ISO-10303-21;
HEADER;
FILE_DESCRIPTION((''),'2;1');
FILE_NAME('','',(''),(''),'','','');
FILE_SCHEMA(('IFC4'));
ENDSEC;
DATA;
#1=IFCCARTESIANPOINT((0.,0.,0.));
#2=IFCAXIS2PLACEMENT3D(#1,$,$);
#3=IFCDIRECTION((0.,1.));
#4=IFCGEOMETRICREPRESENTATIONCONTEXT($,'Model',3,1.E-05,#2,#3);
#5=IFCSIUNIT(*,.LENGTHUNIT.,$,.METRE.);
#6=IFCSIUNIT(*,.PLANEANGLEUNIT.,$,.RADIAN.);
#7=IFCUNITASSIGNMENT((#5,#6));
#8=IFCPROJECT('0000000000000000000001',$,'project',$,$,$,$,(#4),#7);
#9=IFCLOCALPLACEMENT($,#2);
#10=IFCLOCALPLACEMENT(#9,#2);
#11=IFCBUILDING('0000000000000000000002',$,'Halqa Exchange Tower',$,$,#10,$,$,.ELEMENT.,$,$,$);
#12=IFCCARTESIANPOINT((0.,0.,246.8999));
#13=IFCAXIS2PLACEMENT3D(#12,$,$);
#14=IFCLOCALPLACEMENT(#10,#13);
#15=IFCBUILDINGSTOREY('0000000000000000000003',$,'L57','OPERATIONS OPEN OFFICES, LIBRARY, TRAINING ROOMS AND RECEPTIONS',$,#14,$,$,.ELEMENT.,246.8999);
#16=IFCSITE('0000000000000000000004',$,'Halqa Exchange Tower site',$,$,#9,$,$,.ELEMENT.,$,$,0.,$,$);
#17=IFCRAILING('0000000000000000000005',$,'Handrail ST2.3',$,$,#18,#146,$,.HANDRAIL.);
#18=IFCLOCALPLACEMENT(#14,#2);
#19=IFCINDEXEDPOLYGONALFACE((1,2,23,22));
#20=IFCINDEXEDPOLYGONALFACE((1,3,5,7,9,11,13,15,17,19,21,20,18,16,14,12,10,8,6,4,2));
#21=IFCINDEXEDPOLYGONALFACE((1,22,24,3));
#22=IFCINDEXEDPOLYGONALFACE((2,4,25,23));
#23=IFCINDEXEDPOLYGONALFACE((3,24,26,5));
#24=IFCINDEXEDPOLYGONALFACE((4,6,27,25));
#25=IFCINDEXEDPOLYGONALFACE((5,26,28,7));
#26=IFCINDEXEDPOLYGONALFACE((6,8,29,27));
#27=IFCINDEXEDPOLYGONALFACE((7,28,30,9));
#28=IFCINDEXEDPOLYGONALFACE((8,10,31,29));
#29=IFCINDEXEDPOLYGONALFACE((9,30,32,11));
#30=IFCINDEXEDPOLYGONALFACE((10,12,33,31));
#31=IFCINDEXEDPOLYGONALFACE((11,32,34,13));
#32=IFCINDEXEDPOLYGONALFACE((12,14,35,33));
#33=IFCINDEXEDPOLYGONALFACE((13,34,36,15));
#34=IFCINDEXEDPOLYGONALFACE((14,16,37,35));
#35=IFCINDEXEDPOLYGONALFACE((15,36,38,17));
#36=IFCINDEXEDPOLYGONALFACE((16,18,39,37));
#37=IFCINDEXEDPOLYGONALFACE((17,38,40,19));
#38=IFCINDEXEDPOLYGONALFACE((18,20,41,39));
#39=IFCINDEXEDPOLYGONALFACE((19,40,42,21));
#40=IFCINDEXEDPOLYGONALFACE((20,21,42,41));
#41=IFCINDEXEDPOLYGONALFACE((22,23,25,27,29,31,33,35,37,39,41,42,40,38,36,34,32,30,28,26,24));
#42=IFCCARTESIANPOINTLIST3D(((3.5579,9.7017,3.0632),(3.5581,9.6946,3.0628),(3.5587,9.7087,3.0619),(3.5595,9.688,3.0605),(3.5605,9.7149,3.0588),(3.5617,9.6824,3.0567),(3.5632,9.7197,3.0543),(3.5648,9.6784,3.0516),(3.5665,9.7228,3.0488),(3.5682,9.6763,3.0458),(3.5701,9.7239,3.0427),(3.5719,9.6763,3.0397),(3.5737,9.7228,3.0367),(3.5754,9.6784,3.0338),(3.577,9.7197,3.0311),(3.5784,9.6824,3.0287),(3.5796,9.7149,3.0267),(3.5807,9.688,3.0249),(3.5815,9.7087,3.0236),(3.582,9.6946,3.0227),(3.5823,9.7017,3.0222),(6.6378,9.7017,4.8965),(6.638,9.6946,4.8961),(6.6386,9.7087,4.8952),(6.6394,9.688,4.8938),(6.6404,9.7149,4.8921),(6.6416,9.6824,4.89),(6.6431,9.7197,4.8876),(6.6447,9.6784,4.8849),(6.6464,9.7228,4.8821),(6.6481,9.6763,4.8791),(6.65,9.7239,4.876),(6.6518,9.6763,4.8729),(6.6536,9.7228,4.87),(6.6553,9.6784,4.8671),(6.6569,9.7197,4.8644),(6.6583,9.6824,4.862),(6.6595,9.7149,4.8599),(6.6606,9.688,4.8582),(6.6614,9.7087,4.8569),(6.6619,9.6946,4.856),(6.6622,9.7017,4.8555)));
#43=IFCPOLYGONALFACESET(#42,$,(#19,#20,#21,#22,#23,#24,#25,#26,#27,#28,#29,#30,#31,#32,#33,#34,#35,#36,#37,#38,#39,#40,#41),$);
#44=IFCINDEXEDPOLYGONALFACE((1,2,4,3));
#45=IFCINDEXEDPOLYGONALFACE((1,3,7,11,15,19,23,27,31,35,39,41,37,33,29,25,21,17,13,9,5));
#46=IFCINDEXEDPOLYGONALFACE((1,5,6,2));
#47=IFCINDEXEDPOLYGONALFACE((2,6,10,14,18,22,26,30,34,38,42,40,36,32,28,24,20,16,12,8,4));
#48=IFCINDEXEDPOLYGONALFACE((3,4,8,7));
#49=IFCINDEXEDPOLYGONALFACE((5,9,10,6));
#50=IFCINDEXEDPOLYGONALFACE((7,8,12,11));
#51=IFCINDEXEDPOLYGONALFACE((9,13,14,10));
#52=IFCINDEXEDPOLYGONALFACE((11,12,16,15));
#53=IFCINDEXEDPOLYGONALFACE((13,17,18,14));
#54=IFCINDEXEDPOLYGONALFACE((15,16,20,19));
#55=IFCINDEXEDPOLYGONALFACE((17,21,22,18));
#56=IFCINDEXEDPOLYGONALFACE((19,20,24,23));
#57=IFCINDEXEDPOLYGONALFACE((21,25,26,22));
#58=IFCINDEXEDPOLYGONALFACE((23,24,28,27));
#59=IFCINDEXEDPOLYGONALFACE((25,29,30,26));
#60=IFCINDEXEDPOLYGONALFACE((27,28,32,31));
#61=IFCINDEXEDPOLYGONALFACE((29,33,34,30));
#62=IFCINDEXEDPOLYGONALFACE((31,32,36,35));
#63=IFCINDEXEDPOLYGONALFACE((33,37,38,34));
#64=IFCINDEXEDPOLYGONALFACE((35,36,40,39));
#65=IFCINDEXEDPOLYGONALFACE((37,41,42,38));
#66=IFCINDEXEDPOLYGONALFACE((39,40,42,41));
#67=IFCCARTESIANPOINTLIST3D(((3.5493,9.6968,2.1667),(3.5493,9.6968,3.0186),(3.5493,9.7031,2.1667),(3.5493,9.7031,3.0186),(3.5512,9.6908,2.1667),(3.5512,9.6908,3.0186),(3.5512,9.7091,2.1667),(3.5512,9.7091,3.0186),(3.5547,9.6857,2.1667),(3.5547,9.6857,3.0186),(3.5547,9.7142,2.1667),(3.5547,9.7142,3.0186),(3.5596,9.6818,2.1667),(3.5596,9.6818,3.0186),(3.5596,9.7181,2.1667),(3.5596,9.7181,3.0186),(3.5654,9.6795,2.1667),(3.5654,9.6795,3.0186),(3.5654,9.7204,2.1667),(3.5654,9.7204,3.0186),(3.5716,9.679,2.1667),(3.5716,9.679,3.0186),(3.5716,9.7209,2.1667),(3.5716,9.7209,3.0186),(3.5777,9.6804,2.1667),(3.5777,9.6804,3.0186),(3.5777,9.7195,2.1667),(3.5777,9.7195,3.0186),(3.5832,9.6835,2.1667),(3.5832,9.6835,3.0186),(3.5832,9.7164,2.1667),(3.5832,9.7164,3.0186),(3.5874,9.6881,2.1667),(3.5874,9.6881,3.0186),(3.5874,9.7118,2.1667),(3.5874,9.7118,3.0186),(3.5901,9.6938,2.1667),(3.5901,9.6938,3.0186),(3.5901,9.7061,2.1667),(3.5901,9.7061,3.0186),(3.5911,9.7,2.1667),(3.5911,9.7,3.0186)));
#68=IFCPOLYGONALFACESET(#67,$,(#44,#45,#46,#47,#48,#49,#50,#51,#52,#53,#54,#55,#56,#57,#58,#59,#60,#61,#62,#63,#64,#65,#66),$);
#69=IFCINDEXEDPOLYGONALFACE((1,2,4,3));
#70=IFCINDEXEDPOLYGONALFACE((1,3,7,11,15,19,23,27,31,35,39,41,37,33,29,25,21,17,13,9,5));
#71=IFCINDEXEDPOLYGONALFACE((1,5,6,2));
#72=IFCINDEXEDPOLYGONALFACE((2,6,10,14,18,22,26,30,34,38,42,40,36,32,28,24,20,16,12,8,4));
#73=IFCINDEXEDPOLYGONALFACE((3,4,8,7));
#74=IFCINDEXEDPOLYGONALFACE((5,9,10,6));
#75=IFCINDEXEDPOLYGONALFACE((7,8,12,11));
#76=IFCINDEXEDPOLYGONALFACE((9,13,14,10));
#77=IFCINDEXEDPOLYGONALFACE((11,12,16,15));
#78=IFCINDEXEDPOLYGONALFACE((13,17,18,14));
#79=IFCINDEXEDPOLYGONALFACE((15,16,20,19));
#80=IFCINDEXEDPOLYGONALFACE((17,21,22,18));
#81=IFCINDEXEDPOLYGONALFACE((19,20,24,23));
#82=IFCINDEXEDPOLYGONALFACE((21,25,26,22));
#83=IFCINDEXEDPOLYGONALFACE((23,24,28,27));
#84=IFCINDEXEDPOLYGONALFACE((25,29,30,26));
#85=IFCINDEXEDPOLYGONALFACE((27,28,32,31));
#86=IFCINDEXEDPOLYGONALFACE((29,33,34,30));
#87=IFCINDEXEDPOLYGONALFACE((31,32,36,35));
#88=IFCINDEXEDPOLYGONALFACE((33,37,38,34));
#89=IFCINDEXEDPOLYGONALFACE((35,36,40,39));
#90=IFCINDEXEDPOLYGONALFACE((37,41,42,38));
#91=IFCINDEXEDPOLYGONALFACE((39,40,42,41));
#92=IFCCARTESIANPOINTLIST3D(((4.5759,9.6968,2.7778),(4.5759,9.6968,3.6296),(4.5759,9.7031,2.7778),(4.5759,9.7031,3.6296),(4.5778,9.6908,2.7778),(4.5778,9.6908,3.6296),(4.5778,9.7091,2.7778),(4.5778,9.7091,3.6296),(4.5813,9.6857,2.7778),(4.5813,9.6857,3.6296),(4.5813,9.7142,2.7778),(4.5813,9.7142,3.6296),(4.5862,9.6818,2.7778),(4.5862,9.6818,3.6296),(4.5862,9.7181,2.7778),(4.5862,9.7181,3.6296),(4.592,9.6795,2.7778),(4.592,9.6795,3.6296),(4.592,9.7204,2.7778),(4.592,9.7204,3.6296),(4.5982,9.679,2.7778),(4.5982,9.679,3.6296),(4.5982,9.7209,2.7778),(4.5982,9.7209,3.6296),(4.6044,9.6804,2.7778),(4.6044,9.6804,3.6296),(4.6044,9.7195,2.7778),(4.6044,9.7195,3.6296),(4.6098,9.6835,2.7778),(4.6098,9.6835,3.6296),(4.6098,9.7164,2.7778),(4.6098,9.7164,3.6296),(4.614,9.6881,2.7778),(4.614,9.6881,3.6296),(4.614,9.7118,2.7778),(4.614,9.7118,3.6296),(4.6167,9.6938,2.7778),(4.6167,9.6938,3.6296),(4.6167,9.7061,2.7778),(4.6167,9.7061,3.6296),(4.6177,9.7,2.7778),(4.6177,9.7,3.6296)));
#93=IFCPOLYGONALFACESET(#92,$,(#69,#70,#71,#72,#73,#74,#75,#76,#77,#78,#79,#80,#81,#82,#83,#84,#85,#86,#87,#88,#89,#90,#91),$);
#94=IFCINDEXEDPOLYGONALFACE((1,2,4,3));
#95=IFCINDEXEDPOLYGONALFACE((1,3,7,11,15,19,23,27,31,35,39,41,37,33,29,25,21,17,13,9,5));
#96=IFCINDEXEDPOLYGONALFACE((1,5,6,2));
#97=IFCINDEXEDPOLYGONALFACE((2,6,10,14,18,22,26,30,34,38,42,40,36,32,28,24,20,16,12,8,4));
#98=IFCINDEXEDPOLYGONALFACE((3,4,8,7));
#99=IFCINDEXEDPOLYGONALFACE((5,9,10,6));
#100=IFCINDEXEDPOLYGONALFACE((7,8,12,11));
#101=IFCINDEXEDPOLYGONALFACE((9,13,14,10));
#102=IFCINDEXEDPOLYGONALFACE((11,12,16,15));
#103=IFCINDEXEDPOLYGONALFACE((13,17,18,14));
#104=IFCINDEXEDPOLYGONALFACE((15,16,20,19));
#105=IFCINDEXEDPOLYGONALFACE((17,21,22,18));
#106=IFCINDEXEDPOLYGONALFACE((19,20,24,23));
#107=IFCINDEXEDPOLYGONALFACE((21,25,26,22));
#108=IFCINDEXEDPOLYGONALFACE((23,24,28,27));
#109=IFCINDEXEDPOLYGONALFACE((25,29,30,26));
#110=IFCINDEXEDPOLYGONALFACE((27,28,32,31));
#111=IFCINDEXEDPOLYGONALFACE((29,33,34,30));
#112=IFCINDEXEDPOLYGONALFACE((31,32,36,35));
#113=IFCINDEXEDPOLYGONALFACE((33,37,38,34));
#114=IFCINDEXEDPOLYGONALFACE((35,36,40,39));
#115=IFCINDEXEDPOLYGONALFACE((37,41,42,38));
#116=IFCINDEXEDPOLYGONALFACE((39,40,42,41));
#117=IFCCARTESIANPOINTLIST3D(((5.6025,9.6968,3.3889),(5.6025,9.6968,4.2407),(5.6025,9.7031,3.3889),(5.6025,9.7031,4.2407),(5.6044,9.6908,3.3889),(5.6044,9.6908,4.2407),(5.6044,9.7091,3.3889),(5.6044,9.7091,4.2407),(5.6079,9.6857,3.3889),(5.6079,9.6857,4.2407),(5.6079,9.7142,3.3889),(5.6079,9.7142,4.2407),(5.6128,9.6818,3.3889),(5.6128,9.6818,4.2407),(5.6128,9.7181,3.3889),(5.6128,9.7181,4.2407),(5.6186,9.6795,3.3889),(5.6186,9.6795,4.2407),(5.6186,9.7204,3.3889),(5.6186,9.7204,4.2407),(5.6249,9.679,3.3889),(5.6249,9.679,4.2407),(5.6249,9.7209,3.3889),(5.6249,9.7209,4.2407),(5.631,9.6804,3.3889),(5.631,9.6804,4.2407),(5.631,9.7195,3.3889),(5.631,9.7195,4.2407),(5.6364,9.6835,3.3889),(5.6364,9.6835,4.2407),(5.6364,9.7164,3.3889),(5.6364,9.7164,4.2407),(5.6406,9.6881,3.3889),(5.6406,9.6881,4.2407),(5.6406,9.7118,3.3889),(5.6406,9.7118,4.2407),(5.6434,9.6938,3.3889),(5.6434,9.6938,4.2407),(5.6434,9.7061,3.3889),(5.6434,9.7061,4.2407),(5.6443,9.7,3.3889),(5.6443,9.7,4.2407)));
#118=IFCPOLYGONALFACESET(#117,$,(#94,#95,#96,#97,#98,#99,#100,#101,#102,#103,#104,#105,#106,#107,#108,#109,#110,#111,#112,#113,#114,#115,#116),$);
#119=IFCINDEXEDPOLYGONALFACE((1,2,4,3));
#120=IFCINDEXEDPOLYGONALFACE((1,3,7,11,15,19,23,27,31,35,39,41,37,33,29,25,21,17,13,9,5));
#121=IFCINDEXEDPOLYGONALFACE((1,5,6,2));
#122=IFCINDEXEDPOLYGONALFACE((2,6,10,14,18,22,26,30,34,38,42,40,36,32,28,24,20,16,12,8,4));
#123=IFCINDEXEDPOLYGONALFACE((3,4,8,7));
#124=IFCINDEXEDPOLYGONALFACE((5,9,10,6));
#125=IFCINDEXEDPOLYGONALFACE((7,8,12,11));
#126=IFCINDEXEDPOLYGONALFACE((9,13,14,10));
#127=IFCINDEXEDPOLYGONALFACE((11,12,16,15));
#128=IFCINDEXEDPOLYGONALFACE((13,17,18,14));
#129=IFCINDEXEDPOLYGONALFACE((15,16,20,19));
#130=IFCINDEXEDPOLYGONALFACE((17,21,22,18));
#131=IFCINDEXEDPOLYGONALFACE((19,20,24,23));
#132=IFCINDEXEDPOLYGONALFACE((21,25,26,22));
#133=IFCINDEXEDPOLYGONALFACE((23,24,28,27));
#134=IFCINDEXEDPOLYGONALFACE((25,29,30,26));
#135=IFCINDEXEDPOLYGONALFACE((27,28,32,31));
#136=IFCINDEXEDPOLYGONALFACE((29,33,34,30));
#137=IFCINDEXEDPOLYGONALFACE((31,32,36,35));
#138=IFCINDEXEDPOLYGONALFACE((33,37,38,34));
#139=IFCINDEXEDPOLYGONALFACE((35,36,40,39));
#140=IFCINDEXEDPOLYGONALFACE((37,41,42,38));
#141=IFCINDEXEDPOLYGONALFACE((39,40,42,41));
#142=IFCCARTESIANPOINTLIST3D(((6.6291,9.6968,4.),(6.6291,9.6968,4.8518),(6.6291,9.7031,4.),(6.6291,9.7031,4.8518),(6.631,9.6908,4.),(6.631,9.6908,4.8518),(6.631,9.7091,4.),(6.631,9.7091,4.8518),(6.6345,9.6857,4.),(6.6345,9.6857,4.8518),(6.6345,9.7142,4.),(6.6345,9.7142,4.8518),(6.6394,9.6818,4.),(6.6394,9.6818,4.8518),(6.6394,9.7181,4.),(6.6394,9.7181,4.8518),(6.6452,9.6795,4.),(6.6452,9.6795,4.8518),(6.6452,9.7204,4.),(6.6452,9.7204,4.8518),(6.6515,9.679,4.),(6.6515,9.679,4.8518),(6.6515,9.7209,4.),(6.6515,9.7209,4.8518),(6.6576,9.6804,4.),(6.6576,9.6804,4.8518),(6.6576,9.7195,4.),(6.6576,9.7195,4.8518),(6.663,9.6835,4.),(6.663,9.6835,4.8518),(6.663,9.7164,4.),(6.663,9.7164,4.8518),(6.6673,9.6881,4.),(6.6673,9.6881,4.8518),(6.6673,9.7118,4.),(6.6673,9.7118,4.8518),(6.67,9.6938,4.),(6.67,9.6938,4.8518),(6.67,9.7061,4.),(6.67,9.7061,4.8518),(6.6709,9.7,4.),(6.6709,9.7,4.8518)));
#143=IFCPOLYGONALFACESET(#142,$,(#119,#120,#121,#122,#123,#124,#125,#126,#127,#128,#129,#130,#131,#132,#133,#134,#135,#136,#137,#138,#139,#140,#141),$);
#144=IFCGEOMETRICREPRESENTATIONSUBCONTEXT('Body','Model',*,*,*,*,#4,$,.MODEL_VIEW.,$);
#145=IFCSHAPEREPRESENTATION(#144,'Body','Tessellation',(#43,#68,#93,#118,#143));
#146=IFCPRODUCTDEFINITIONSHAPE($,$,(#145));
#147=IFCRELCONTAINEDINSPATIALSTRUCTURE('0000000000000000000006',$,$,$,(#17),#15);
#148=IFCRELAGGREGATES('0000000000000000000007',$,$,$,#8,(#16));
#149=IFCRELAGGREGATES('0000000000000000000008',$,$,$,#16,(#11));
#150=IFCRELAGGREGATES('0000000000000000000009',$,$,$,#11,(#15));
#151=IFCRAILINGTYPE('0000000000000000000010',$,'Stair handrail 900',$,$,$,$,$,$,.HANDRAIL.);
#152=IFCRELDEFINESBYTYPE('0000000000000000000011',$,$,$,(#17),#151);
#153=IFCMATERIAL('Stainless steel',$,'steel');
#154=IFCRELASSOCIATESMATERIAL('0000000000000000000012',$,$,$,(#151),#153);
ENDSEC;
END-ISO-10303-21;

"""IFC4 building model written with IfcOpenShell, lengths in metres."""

from ifc_helpers import new_model, si_unit, direction, frame, origin, origin_2d, place, context, subcontext, project, spatial, circle, extrude, material, type_object, element, save


model = new_model("IFC4")

# Units and contexts
model_context = context("Model", 3, precision=1e-05, world=origin(), true_north=direction((0.0, 1.0)))
body_context = subcontext(model_context, "Body", "Model", "MODEL_VIEW")
ifc_project = project(units=[si_unit("LENGTHUNIT", "METRE"), si_unit("PLANEANGLEUNIT", "RADIAN")], contexts=[model_context])

# Site, building, storey
site_placement = place(None, origin())
site = spatial("IfcSite", under=ifc_project, at=site_placement, Name="Halqa Exchange Tower site", CompositionType="ELEMENT", RefElevation=0.0)
building_placement = place(site_placement, origin())
building = spatial("IfcBuilding", under=site, at=building_placement, Name="Halqa Exchange Tower", CompositionType="ELEMENT")
storey_placement = place(building_placement, frame((0.0, 0.0, 246.8999)))
storey = spatial("IfcBuildingStorey", under=building, at=storey_placement, Name="L57", Description="OPERATIONS OPEN OFFICES, LIBRARY, TRAINING ROOMS AND RECEPTIONS", CompositionType="ELEMENT", Elevation=246.8999)

# Railing
ifc_material_1 = material(Name="Stainless steel", Category="steel")
railing_type_1 = type_object("IfcRailingType", Name="Stair handrail 900", PredefinedType="HANDRAIL", material=ifc_material_1)
railing_1_placement = place(storey_placement, frame((3.5701, 9.7, 2.1667)))
element("IfcRailing", 1, at=railing_1_placement, inside=storey, type_object=railing_type_1, Name="Handrail ST2.3", PredefinedType="HANDRAIL", context=body_context, shape_type="SweptSolid", body=[
    extrude(circle(Radius=0.0239, at=origin_2d()), frame((0.0, 0.0, 0.876), z_axis=(0.859291, 0.0, 0.511487), x_axis=(0.0, 1.0, 0.0)), (0.0, 0.0, 1.0), 3.5842),
    extrude(circle(Radius=0.021, at=origin_2d()), origin(), (0.0, 0.0, 1.0), 0.8518),
    extrude(circle(Radius=0.021, at=origin_2d()), frame((1.0266, 0.0, 0.6111)), (0.0, 0.0, 1.0), 0.8518),
    extrude(circle(Radius=0.021, at=origin_2d()), frame((2.0532, 0.0, 1.2222)), (0.0, 0.0, 1.0), 0.8518),
    extrude(circle(Radius=0.021, at=origin_2d()), frame((3.0798, 0.0, 1.8333)), (0.0, 0.0, 1.0), 0.8518),
])

save(model, "model.ifc")
